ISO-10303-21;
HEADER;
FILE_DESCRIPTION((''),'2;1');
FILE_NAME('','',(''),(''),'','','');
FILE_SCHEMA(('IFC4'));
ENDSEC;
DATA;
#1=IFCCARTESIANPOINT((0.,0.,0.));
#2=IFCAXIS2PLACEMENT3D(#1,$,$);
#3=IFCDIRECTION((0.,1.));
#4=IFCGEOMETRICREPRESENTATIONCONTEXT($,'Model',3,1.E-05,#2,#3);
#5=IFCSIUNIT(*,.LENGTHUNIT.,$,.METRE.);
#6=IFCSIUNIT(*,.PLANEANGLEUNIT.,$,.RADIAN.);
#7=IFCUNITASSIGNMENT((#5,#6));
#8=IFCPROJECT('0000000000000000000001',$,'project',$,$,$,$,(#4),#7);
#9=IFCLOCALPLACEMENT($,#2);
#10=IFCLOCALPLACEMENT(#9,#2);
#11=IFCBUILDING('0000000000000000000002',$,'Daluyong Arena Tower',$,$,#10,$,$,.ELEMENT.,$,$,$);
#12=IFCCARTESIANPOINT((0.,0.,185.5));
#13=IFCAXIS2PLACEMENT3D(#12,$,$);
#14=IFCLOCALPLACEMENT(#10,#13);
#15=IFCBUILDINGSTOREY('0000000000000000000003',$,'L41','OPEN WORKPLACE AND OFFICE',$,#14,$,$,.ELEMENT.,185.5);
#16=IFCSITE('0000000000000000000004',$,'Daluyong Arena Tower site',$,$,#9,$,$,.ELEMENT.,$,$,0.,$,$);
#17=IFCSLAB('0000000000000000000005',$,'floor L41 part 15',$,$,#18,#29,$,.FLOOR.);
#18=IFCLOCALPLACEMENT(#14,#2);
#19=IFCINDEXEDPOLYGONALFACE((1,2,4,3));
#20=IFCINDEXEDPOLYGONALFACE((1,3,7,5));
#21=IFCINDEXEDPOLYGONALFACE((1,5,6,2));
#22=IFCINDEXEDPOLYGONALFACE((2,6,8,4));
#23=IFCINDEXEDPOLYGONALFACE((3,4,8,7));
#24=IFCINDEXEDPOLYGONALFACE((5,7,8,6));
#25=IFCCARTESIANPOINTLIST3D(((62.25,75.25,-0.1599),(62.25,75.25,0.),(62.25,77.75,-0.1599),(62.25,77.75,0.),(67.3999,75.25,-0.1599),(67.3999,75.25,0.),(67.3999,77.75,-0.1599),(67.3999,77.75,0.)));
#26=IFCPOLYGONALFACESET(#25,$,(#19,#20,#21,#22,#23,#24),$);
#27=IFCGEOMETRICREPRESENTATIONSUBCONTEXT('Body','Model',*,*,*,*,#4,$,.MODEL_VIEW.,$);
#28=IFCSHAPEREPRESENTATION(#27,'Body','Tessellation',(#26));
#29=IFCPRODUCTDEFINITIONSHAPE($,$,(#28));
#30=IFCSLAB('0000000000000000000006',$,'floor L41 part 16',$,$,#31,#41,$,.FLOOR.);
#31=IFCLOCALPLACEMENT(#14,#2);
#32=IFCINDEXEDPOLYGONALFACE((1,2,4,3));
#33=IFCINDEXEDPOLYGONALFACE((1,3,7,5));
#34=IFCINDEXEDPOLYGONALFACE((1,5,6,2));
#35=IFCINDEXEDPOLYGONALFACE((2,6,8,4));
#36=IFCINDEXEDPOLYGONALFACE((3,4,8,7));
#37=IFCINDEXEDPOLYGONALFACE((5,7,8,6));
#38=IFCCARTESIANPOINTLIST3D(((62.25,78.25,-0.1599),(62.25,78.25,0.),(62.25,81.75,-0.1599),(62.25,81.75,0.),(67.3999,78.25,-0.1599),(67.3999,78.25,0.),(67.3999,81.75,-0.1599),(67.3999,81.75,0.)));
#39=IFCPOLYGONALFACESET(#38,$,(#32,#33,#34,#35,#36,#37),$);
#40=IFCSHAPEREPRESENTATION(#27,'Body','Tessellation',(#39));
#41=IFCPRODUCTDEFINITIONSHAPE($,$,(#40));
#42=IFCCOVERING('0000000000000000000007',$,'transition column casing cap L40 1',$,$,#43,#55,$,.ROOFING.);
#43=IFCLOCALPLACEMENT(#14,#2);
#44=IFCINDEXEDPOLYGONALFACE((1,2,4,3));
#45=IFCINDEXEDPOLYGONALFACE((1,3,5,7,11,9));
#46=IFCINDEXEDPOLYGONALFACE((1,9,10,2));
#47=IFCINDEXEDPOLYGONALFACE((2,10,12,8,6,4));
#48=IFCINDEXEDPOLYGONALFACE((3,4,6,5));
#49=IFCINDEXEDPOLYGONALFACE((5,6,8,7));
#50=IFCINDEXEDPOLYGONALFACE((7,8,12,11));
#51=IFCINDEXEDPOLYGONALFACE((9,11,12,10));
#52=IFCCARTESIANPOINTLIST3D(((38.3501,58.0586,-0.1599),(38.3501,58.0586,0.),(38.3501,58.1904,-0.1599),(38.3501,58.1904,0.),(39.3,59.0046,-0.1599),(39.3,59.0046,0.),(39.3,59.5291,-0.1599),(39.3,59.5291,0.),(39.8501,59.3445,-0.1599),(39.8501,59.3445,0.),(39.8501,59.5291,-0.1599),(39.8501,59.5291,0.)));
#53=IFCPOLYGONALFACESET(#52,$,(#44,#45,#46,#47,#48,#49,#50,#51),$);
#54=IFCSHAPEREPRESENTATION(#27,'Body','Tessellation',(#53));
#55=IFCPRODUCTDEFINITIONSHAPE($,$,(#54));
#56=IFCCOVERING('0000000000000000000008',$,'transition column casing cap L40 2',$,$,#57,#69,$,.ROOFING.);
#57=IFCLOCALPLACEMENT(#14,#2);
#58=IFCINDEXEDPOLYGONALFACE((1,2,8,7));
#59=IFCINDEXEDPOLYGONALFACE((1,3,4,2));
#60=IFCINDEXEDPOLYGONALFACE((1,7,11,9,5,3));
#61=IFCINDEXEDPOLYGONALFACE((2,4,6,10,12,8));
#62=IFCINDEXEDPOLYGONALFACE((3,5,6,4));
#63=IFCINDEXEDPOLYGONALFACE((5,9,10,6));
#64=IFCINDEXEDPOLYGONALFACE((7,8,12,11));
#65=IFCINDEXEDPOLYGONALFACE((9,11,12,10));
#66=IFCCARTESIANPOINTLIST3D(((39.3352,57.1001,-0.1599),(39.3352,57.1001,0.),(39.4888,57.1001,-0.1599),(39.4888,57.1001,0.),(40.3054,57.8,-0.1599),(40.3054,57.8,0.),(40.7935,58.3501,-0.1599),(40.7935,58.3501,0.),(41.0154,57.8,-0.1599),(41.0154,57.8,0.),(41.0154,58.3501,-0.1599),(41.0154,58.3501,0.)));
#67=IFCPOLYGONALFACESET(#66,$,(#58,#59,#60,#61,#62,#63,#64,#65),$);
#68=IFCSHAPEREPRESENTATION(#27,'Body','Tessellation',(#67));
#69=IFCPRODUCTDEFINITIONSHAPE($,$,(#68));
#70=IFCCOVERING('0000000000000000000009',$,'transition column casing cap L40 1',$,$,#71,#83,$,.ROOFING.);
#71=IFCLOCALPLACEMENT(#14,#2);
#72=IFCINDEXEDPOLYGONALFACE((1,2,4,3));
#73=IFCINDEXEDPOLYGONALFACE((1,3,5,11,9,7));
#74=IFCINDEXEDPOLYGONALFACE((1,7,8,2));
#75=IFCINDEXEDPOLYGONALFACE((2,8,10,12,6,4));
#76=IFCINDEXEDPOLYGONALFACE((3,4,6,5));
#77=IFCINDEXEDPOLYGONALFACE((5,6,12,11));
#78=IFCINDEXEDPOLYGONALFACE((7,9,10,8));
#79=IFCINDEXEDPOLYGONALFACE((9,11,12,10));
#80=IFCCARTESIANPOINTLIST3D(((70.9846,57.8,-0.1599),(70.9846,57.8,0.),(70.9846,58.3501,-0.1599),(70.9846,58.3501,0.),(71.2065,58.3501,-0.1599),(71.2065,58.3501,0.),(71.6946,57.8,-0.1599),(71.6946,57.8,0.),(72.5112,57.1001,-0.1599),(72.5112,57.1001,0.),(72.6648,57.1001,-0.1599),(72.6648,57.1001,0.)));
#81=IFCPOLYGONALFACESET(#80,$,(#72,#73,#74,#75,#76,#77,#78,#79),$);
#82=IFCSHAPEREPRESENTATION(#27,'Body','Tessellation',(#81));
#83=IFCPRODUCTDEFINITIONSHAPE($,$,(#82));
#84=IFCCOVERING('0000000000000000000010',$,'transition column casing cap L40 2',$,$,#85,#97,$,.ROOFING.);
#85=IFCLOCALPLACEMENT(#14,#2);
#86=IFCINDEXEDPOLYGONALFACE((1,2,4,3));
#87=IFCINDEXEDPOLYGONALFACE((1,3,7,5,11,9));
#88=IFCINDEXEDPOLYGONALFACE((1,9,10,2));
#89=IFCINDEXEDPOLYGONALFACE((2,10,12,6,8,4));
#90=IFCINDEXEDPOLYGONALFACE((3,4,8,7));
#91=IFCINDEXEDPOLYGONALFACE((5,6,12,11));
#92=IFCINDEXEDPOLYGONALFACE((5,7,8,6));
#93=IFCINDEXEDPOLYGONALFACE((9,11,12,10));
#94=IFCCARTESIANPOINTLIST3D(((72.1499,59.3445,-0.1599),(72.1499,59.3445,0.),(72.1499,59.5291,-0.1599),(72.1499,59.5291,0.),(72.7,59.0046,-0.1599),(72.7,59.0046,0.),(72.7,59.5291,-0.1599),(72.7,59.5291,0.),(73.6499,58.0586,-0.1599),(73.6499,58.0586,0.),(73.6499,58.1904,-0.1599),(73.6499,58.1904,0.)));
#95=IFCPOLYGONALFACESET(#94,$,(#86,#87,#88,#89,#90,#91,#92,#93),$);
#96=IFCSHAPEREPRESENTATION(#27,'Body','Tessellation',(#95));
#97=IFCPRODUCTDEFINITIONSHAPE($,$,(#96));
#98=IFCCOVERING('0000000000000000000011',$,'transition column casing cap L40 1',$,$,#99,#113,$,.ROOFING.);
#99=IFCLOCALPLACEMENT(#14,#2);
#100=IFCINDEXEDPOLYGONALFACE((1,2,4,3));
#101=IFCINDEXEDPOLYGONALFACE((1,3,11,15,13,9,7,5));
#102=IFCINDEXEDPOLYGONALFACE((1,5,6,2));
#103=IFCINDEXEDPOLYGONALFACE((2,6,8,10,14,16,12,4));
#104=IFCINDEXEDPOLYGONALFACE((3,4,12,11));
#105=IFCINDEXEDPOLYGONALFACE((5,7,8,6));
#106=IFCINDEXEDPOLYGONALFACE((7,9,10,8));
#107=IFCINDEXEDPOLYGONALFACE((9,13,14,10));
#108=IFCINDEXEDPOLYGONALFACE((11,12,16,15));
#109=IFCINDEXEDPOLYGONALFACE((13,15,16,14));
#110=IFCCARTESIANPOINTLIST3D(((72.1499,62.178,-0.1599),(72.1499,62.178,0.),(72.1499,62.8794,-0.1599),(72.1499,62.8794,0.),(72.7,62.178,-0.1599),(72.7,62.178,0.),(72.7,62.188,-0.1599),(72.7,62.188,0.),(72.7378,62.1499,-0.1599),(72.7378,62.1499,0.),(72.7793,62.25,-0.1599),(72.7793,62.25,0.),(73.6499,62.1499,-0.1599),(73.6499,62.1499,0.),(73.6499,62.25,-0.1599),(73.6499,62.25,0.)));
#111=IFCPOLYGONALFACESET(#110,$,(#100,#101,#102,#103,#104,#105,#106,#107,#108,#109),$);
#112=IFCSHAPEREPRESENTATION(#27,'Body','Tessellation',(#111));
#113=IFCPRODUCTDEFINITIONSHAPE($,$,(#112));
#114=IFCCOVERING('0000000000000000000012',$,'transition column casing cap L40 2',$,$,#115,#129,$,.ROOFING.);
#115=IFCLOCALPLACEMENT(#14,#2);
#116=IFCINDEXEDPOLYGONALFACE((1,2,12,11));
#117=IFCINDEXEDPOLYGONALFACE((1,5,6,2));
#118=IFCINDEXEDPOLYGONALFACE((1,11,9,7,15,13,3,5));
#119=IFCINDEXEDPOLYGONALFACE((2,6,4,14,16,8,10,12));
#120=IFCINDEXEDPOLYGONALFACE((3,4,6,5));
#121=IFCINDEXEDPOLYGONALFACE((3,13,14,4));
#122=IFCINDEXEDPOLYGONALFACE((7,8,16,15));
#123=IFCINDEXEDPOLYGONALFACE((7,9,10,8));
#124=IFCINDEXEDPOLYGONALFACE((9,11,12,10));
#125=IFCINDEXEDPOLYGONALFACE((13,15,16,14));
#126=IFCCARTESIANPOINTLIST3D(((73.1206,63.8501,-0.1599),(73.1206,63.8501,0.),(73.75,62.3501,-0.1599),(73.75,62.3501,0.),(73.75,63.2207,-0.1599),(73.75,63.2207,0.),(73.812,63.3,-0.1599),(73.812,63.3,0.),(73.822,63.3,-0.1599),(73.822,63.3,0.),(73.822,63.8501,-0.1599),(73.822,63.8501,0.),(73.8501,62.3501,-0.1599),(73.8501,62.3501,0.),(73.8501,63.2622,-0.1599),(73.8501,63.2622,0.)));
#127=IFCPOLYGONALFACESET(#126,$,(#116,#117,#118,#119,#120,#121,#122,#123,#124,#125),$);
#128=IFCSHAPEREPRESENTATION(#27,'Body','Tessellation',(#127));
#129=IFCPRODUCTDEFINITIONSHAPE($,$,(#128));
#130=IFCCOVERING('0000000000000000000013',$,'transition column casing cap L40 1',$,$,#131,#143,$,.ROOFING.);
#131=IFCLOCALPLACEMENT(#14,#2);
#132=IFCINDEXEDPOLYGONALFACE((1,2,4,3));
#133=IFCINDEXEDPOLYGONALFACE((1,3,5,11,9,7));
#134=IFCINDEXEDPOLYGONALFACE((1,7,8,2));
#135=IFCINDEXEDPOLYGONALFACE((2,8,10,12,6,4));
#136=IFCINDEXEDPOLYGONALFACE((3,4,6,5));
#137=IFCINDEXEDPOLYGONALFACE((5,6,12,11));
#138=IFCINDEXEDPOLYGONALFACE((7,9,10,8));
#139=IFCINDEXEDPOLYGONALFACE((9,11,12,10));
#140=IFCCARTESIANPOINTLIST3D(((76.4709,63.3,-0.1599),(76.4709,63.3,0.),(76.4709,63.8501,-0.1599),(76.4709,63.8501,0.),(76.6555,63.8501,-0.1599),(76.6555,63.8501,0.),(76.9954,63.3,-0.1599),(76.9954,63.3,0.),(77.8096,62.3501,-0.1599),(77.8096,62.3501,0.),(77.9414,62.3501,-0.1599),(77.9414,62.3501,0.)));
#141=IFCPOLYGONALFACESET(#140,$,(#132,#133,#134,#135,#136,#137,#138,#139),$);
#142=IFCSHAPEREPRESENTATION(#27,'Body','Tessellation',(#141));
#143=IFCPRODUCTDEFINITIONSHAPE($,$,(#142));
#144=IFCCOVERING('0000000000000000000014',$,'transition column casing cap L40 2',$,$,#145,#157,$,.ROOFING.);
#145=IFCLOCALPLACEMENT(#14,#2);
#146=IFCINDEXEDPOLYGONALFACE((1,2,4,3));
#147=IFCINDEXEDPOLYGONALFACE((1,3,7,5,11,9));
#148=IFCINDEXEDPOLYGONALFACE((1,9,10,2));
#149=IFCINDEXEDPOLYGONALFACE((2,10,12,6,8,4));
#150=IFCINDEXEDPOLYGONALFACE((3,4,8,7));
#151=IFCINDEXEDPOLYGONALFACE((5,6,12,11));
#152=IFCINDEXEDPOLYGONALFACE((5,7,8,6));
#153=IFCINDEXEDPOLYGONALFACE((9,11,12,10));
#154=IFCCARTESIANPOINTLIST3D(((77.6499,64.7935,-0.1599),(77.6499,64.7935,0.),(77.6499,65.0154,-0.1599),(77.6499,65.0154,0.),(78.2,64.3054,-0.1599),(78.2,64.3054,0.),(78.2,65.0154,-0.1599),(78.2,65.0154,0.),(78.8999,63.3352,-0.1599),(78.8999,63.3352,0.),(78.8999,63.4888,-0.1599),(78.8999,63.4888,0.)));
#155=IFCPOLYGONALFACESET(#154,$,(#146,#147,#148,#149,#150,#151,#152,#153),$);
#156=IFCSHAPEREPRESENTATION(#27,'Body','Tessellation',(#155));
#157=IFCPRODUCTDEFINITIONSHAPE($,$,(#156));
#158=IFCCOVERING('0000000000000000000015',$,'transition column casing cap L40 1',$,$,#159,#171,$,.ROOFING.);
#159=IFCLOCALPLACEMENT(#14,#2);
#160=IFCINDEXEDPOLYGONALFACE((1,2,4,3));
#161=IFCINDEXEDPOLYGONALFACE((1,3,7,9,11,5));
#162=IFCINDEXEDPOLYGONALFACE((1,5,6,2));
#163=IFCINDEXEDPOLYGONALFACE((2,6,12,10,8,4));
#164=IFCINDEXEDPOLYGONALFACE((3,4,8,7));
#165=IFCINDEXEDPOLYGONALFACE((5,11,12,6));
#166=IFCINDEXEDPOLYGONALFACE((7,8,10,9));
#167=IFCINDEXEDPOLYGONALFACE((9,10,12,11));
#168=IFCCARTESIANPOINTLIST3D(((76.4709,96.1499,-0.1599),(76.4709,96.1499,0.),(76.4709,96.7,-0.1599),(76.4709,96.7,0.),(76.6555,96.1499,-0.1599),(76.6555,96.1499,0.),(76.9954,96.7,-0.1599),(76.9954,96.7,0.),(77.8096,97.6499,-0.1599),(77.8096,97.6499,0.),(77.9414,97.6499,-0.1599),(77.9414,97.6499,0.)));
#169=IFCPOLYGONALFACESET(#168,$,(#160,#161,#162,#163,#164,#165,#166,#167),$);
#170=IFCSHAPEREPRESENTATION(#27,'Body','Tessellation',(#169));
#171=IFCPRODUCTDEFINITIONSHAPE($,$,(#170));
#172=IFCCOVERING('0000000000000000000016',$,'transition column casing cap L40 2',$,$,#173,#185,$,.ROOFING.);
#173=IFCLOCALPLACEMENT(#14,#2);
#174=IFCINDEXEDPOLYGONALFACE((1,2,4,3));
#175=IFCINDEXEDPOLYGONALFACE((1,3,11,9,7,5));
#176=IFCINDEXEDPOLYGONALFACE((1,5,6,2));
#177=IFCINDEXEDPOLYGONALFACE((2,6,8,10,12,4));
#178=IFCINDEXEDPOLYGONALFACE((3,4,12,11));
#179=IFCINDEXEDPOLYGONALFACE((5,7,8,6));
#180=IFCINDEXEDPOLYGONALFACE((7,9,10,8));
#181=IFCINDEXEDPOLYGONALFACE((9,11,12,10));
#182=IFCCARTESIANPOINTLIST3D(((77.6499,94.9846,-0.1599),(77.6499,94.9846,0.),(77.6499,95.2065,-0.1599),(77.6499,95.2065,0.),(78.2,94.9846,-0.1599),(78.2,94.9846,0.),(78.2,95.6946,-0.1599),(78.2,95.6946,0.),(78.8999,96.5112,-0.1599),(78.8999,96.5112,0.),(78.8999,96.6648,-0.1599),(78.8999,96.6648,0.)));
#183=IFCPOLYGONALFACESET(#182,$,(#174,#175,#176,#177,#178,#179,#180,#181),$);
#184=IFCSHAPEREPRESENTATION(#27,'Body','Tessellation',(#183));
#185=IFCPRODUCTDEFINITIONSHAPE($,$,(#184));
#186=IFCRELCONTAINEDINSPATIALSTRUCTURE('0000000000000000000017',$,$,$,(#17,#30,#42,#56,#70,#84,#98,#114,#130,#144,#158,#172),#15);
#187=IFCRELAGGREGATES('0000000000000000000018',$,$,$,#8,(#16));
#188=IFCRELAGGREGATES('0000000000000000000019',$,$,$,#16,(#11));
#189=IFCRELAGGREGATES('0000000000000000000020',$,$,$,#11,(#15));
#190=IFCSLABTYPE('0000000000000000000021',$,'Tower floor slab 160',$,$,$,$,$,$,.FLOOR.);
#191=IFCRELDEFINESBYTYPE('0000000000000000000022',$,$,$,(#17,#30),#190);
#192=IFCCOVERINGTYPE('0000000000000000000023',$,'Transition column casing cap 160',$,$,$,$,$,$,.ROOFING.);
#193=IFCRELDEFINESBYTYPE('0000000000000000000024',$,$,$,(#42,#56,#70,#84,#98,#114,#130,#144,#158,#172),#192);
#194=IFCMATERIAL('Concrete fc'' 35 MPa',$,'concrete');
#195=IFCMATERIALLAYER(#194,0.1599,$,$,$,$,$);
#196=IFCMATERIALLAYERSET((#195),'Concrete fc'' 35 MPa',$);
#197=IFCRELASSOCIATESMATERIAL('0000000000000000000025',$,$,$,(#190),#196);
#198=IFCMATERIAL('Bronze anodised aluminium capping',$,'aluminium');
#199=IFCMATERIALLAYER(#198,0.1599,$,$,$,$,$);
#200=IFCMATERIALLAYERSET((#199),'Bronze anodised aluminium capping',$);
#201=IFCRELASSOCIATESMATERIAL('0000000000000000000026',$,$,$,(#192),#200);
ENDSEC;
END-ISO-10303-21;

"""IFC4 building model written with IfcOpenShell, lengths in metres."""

from ifc_helpers import new_model, si_unit, direction, frame, origin, place, context, subcontext, project, spatial, polyline, outline, extrude, material, layer, layer_set, type_object, element, save


model = new_model("IFC4")

# Units and contexts
model_context = context("Model", 3, precision=1e-05, world=origin(), true_north=direction((0.0, 1.0)))
body_context = subcontext(model_context, "Body", "Model", "MODEL_VIEW")
ifc_project = project(units=[si_unit("LENGTHUNIT", "METRE"), si_unit("PLANEANGLEUNIT", "RADIAN")], contexts=[model_context])

# Site, building, storey
site_placement = place(None, origin())
site = spatial("IfcSite", under=ifc_project, at=site_placement, Name="Daluyong Arena Tower site", CompositionType="ELEMENT", RefElevation=0.0)
building_placement = place(site_placement, origin())
building = spatial("IfcBuilding", under=site, at=building_placement, Name="Daluyong Arena Tower", CompositionType="ELEMENT")
storey_placement = place(building_placement, frame((0.0, 0.0, 185.5)))
storey = spatial("IfcBuildingStorey", under=building, at=storey_placement, Name="L41", Description="OPEN WORKPLACE AND OFFICE", CompositionType="ELEMENT", Elevation=185.5)

# Slabs
ifc_material_1 = material(Name="Concrete fc' 35 MPa", Category="concrete")
ifc_layer_1 = layer(ifc_material_1, 0.1599)
ifc_layer_set_1 = layer_set([ifc_layer_1], Name="Concrete fc' 35 MPa")
slab_type = type_object("IfcSlabType", Name="Tower floor slab 160", PredefinedType="FLOOR", material=ifc_layer_set_1)
slab_1_placement = place(storey_placement, frame((0.0, 0.0, -0.1599)))
element("IfcSlab", 1, at=slab_1_placement, inside=storey, type_object=slab_type, Name="floor L41 part 15", PredefinedType="FLOOR", context=body_context, shape_type="SweptSolid", body=[
    extrude(outline(polyline([(67.3999, 75.25), (67.3999, 77.75), (62.25, 77.75), (62.25, 75.25), (67.3999, 75.25)])), origin(), (0.0, 0.0, 1.0), 0.1599),
])
slab_2_placement = place(storey_placement, frame((0.0, 0.0, -0.1599)))
element("IfcSlab", 2, at=slab_2_placement, inside=storey, type_object=slab_type, Name="floor L41 part 16", PredefinedType="FLOOR", context=body_context, shape_type="SweptSolid", body=[
    extrude(outline(polyline([(67.3999, 78.25), (67.3999, 81.75), (62.25, 81.75), (62.25, 78.25), (67.3999, 78.25)])), origin(), (0.0, 0.0, 1.0), 0.1599),
])

# Coverings
ifc_material_2 = material(Name="Bronze anodised aluminium capping", Category="aluminium")
ifc_layer_2 = layer(ifc_material_2, 0.1599)
ifc_layer_set_2 = layer_set([ifc_layer_2], Name="Bronze anodised aluminium capping")
covering_type = type_object("IfcCoveringType", Name="Transition column casing cap 160", PredefinedType="ROOFING", material=ifc_layer_set_2)
covering_1_placement = place(storey_placement, frame((0.0, 0.0, -0.1599)))
element("IfcCovering", 3, at=covering_1_placement, inside=storey, type_object=covering_type, Name="transition column casing cap L40 1", PredefinedType="ROOFING", context=body_context, shape_type="SweptSolid", body=[
    extrude(outline(polyline([(39.3, 59.5291), (39.8501, 59.5291), (39.8501, 59.3445), (38.3501, 58.0586), (38.3501, 58.1904), (39.3, 59.0046), (39.3, 59.5291)])), origin(), (0.0, 0.0, 1.0), 0.1599),
])
covering_2_placement = place(storey_placement, frame((0.0, 0.0, -0.1599)))
element("IfcCovering", 4, at=covering_2_placement, inside=storey, type_object=covering_type, Name="transition column casing cap L40 2", PredefinedType="ROOFING", context=body_context, shape_type="SweptSolid", body=[
    extrude(outline(polyline([(41.0154, 57.8), (40.3054, 57.8), (39.4888, 57.1001), (39.3352, 57.1001), (40.7935, 58.3501), (41.0154, 58.3501), (41.0154, 57.8)])), origin(), (0.0, 0.0, 1.0), 0.1599),
])
covering_3_placement = place(storey_placement, frame((0.0, 0.0, -0.1599)))
element("IfcCovering", 5, at=covering_3_placement, inside=storey, type_object=covering_type, Name="transition column casing cap L40 1", PredefinedType="ROOFING", context=body_context, shape_type="SweptSolid", body=[
    extrude(outline(polyline([(72.6648, 57.1001), (72.5112, 57.1001), (71.6946, 57.8), (70.9846, 57.8), (70.9846, 58.3501), (71.2065, 58.3501), (72.6648, 57.1001)])), origin(), (0.0, 0.0, 1.0), 0.1599),
])
covering_4_placement = place(storey_placement, frame((0.0, 0.0, -0.1599)))
element("IfcCovering", 6, at=covering_4_placement, inside=storey, type_object=covering_type, Name="transition column casing cap L40 2", PredefinedType="ROOFING", context=body_context, shape_type="SweptSolid", body=[
    extrude(outline(polyline([(72.7, 59.5291), (72.7, 59.0046), (73.6499, 58.1904), (73.6499, 58.0586), (72.1499, 59.3445), (72.1499, 59.5291), (72.7, 59.5291)])), origin(), (0.0, 0.0, 1.0), 0.1599),
])
covering_5_placement = place(storey_placement, frame((0.0, 0.0, -0.1599)))
element("IfcCovering", 7, at=covering_5_placement, inside=storey, type_object=covering_type, Name="transition column casing cap L40 1", PredefinedType="ROOFING", context=body_context, shape_type="SweptSolid", body=[
    extrude(outline(polyline([(72.7, 62.188), (72.7, 62.178), (72.1499, 62.178), (72.1499, 62.8794), (72.7793, 62.25), (73.6499, 62.25), (73.6499, 62.1499), (72.7378, 62.1499), (72.7, 62.188)])), origin(), (0.0, 0.0, 1.0), 0.1599),
])
covering_6_placement = place(storey_placement, frame((0.0, 0.0, -0.1599)))
element("IfcCovering", 8, at=covering_6_placement, inside=storey, type_object=covering_type, Name="transition column casing cap L40 2", PredefinedType="ROOFING", context=body_context, shape_type="SweptSolid", body=[
    extrude(outline(polyline([(73.822, 63.3), (73.812, 63.3), (73.8501, 63.2622), (73.8501, 62.3501), (73.75, 62.3501), (73.75, 63.2207), (73.1206, 63.8501), (73.822, 63.8501), (73.822, 63.3)])), origin(), (0.0, 0.0, 1.0), 0.1599),
])
covering_7_placement = place(storey_placement, frame((0.0, 0.0, -0.1599)))
element("IfcCovering", 9, at=covering_7_placement, inside=storey, type_object=covering_type, Name="transition column casing cap L40 1", PredefinedType="ROOFING", context=body_context, shape_type="SweptSolid", body=[
    extrude(outline(polyline([(77.9414, 62.3501), (77.8096, 62.3501), (76.9954, 63.3), (76.4709, 63.3), (76.4709, 63.8501), (76.6555, 63.8501), (77.9414, 62.3501)])), origin(), (0.0, 0.0, 1.0), 0.1599),
])
covering_8_placement = place(storey_placement, frame((0.0, 0.0, -0.1599)))
element("IfcCovering", 10, at=covering_8_placement, inside=storey, type_object=covering_type, Name="transition column casing cap L40 2", PredefinedType="ROOFING", context=body_context, shape_type="SweptSolid", body=[
    extrude(outline(polyline([(78.2, 65.0154), (78.2, 64.3054), (78.8999, 63.4888), (78.8999, 63.3352), (77.6499, 64.7935), (77.6499, 65.0154), (78.2, 65.0154)])), origin(), (0.0, 0.0, 1.0), 0.1599),
])
covering_9_placement = place(storey_placement, frame((0.0, 0.0, -0.1599)))
element("IfcCovering", 11, at=covering_9_placement, inside=storey, type_object=covering_type, Name="transition column casing cap L40 1", PredefinedType="ROOFING", context=body_context, shape_type="SweptSolid", body=[
    extrude(outline(polyline([(76.4709, 96.7), (76.9954, 96.7), (77.8096, 97.6499), (77.9414, 97.6499), (76.6555, 96.1499), (76.4709, 96.1499), (76.4709, 96.7)])), origin(), (0.0, 0.0, 1.0), 0.1599),
])
covering_10_placement = place(storey_placement, frame((0.0, 0.0, -0.1599)))
element("IfcCovering", 12, at=covering_10_placement, inside=storey, type_object=covering_type, Name="transition column casing cap L40 2", PredefinedType="ROOFING", context=body_context, shape_type="SweptSolid", body=[
    extrude(outline(polyline([(78.2, 94.9846), (77.6499, 94.9846), (77.6499, 95.2065), (78.8999, 96.6648), (78.8999, 96.5112), (78.2, 95.6946), (78.2, 94.9846)])), origin(), (0.0, 0.0, 1.0), 0.1599),
])

save(model, "model.ifc")
